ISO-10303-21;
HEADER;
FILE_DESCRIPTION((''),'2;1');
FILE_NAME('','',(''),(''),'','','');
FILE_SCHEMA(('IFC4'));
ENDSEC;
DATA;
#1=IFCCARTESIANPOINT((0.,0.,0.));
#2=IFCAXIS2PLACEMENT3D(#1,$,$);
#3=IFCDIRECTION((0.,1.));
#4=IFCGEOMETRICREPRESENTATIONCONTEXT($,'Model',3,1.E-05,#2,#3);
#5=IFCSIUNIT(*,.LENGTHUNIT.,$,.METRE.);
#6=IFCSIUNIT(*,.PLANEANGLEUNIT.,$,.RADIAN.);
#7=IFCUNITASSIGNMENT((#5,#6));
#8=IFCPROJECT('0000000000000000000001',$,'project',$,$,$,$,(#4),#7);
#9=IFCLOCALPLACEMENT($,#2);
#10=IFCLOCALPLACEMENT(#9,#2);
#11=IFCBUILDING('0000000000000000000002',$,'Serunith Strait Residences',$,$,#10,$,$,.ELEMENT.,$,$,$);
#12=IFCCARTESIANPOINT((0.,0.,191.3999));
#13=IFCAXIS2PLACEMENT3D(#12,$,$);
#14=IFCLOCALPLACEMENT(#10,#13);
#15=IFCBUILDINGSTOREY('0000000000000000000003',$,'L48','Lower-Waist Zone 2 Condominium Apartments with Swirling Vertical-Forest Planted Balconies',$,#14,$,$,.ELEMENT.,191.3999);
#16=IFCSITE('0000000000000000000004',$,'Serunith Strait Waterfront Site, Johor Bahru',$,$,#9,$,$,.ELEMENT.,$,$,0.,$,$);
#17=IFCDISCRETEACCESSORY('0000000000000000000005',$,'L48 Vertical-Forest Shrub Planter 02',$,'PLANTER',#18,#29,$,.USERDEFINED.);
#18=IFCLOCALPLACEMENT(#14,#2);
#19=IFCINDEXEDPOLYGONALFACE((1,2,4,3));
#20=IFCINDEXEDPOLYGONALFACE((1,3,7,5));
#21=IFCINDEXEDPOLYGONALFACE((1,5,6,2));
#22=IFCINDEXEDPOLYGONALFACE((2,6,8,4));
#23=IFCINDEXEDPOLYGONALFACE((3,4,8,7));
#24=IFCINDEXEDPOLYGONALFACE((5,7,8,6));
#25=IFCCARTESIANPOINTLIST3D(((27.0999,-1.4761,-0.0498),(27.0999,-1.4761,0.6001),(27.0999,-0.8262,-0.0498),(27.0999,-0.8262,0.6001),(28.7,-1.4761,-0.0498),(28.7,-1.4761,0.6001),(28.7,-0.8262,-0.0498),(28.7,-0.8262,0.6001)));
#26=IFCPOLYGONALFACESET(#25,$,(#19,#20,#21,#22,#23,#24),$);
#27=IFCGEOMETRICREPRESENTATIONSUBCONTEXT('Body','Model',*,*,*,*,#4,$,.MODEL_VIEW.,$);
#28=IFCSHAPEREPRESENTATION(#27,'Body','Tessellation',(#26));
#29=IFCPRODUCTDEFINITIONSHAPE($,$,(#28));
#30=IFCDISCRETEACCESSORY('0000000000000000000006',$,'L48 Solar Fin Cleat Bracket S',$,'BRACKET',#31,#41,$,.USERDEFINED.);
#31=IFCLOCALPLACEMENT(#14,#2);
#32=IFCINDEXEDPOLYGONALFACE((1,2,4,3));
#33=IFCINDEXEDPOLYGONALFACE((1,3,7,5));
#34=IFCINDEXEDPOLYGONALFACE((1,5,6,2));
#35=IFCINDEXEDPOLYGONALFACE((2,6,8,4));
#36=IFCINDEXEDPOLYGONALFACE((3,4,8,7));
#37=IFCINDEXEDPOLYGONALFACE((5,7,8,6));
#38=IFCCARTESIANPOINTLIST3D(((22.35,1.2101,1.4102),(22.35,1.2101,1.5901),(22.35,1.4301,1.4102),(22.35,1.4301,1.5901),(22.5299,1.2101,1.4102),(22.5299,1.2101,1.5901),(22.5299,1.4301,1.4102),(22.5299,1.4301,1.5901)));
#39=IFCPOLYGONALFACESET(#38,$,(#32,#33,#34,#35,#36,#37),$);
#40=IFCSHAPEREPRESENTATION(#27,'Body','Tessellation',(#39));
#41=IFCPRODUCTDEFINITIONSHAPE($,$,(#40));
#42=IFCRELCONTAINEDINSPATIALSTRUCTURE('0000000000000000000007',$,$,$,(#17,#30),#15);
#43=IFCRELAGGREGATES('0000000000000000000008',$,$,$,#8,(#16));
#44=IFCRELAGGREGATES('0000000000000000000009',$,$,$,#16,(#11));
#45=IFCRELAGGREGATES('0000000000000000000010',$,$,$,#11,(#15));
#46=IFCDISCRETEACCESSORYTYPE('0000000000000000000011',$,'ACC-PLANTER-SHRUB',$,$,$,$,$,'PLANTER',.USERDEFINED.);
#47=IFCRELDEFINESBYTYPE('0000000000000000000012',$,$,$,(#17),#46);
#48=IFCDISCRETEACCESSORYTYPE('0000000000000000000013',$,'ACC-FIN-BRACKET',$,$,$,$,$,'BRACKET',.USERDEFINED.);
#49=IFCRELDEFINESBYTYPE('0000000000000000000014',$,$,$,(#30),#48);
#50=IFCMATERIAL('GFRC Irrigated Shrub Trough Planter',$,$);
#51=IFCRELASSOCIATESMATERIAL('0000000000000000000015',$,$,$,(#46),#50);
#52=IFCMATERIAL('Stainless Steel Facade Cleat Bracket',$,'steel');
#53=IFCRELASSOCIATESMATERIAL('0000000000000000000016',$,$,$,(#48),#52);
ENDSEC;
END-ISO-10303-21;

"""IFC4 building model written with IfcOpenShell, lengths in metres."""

from ifc_helpers import new_model, si_unit, direction, frame, origin, origin_2d, place, context, subcontext, project, spatial, rectangle, extrude, source, transform, mapped, material, type_object, element, save


model = new_model("IFC4")

# Units and contexts
model_context = context("Model", 3, precision=1e-05, world=origin(), true_north=direction((0.0, 1.0)))
body_context = subcontext(model_context, "Body", "Model", "MODEL_VIEW")
ifc_project = project(units=[si_unit("LENGTHUNIT", "METRE"), si_unit("PLANEANGLEUNIT", "RADIAN")], contexts=[model_context])

# Site, building, storey
site_placement = place(None, origin())
site = spatial("IfcSite", under=ifc_project, at=site_placement, Name="Serunith Strait Waterfront Site, Johor Bahru", CompositionType="ELEMENT", RefElevation=0.0)
building_placement = place(site_placement, origin())
building = spatial("IfcBuilding", under=site, at=building_placement, Name="Serunith Strait Residences", CompositionType="ELEMENT")
storey_placement = place(building_placement, frame((0.0, 0.0, 191.3999)))
storey = spatial("IfcBuildingStorey", under=building, at=storey_placement, Name="L48", Description="Lower-Waist Zone 2 Condominium Apartments with Swirling Vertical-Forest Planted Balconies", CompositionType="ELEMENT", Elevation=191.3999)

# Discrete accessories
ifc_material_1 = material(Name="GFRC Irrigated Shrub Trough Planter")
discrete_accessory_type_1 = type_object("IfcDiscreteAccessoryType", Name="ACC-PLANTER-SHRUB", ElementType="PLANTER", PredefinedType="USERDEFINED", material=ifc_material_1)
shared_shape_1 = source(origin(), body_context, "Body", "SweptSolid", [
    extrude(rectangle(XDim=1.6001, YDim=0.6499, at=origin_2d()), origin(), (0.0, 0.0, 1.0), 0.6499),
])
discrete_accessory_1_placement = place(storey_placement, frame((27.8999, -1.1511, -0.0498), z_axis=(0.0, 0.0, 1.0), x_axis=(1.0, 0.0, 0.0)))
element("IfcDiscreteAccessory", 1, at=discrete_accessory_1_placement, inside=storey, type_object=discrete_accessory_type_1, Name="L48 Vertical-Forest Shrub Planter 02", ObjectType="PLANTER", PredefinedType="USERDEFINED", context=body_context, shape_type="MappedRepresentation", body=[
    mapped(shared_shape_1, transform((0.0, 0.0, 0.0), scale=1.0)),
])
ifc_material_2 = material(Name="Stainless Steel Facade Cleat Bracket", Category="steel")
discrete_accessory_type_2 = type_object("IfcDiscreteAccessoryType", Name="ACC-FIN-BRACKET", ElementType="BRACKET", PredefinedType="USERDEFINED", material=ifc_material_2)
shared_shape_2 = source(origin(), body_context, "Body", "SweptSolid", [
    extrude(rectangle(XDim=0.1799, YDim=0.22, at=origin_2d()), origin(), (0.0, 0.0, 1.0), 0.1799),
])
discrete_accessory_2_placement = place(storey_placement, frame((22.4399, 1.3201, 1.4102), z_axis=(0.0, 0.0, 1.0), x_axis=(1.0, 0.0, 0.0)))
element("IfcDiscreteAccessory", 2, at=discrete_accessory_2_placement, inside=storey, type_object=discrete_accessory_type_2, Name="L48 Solar Fin Cleat Bracket S", ObjectType="BRACKET", PredefinedType="USERDEFINED", context=body_context, shape_type="MappedRepresentation", body=[
    mapped(shared_shape_2, transform((0.0, 0.0, 0.0), scale=1.0)),
])

save(model, "model.ifc")
